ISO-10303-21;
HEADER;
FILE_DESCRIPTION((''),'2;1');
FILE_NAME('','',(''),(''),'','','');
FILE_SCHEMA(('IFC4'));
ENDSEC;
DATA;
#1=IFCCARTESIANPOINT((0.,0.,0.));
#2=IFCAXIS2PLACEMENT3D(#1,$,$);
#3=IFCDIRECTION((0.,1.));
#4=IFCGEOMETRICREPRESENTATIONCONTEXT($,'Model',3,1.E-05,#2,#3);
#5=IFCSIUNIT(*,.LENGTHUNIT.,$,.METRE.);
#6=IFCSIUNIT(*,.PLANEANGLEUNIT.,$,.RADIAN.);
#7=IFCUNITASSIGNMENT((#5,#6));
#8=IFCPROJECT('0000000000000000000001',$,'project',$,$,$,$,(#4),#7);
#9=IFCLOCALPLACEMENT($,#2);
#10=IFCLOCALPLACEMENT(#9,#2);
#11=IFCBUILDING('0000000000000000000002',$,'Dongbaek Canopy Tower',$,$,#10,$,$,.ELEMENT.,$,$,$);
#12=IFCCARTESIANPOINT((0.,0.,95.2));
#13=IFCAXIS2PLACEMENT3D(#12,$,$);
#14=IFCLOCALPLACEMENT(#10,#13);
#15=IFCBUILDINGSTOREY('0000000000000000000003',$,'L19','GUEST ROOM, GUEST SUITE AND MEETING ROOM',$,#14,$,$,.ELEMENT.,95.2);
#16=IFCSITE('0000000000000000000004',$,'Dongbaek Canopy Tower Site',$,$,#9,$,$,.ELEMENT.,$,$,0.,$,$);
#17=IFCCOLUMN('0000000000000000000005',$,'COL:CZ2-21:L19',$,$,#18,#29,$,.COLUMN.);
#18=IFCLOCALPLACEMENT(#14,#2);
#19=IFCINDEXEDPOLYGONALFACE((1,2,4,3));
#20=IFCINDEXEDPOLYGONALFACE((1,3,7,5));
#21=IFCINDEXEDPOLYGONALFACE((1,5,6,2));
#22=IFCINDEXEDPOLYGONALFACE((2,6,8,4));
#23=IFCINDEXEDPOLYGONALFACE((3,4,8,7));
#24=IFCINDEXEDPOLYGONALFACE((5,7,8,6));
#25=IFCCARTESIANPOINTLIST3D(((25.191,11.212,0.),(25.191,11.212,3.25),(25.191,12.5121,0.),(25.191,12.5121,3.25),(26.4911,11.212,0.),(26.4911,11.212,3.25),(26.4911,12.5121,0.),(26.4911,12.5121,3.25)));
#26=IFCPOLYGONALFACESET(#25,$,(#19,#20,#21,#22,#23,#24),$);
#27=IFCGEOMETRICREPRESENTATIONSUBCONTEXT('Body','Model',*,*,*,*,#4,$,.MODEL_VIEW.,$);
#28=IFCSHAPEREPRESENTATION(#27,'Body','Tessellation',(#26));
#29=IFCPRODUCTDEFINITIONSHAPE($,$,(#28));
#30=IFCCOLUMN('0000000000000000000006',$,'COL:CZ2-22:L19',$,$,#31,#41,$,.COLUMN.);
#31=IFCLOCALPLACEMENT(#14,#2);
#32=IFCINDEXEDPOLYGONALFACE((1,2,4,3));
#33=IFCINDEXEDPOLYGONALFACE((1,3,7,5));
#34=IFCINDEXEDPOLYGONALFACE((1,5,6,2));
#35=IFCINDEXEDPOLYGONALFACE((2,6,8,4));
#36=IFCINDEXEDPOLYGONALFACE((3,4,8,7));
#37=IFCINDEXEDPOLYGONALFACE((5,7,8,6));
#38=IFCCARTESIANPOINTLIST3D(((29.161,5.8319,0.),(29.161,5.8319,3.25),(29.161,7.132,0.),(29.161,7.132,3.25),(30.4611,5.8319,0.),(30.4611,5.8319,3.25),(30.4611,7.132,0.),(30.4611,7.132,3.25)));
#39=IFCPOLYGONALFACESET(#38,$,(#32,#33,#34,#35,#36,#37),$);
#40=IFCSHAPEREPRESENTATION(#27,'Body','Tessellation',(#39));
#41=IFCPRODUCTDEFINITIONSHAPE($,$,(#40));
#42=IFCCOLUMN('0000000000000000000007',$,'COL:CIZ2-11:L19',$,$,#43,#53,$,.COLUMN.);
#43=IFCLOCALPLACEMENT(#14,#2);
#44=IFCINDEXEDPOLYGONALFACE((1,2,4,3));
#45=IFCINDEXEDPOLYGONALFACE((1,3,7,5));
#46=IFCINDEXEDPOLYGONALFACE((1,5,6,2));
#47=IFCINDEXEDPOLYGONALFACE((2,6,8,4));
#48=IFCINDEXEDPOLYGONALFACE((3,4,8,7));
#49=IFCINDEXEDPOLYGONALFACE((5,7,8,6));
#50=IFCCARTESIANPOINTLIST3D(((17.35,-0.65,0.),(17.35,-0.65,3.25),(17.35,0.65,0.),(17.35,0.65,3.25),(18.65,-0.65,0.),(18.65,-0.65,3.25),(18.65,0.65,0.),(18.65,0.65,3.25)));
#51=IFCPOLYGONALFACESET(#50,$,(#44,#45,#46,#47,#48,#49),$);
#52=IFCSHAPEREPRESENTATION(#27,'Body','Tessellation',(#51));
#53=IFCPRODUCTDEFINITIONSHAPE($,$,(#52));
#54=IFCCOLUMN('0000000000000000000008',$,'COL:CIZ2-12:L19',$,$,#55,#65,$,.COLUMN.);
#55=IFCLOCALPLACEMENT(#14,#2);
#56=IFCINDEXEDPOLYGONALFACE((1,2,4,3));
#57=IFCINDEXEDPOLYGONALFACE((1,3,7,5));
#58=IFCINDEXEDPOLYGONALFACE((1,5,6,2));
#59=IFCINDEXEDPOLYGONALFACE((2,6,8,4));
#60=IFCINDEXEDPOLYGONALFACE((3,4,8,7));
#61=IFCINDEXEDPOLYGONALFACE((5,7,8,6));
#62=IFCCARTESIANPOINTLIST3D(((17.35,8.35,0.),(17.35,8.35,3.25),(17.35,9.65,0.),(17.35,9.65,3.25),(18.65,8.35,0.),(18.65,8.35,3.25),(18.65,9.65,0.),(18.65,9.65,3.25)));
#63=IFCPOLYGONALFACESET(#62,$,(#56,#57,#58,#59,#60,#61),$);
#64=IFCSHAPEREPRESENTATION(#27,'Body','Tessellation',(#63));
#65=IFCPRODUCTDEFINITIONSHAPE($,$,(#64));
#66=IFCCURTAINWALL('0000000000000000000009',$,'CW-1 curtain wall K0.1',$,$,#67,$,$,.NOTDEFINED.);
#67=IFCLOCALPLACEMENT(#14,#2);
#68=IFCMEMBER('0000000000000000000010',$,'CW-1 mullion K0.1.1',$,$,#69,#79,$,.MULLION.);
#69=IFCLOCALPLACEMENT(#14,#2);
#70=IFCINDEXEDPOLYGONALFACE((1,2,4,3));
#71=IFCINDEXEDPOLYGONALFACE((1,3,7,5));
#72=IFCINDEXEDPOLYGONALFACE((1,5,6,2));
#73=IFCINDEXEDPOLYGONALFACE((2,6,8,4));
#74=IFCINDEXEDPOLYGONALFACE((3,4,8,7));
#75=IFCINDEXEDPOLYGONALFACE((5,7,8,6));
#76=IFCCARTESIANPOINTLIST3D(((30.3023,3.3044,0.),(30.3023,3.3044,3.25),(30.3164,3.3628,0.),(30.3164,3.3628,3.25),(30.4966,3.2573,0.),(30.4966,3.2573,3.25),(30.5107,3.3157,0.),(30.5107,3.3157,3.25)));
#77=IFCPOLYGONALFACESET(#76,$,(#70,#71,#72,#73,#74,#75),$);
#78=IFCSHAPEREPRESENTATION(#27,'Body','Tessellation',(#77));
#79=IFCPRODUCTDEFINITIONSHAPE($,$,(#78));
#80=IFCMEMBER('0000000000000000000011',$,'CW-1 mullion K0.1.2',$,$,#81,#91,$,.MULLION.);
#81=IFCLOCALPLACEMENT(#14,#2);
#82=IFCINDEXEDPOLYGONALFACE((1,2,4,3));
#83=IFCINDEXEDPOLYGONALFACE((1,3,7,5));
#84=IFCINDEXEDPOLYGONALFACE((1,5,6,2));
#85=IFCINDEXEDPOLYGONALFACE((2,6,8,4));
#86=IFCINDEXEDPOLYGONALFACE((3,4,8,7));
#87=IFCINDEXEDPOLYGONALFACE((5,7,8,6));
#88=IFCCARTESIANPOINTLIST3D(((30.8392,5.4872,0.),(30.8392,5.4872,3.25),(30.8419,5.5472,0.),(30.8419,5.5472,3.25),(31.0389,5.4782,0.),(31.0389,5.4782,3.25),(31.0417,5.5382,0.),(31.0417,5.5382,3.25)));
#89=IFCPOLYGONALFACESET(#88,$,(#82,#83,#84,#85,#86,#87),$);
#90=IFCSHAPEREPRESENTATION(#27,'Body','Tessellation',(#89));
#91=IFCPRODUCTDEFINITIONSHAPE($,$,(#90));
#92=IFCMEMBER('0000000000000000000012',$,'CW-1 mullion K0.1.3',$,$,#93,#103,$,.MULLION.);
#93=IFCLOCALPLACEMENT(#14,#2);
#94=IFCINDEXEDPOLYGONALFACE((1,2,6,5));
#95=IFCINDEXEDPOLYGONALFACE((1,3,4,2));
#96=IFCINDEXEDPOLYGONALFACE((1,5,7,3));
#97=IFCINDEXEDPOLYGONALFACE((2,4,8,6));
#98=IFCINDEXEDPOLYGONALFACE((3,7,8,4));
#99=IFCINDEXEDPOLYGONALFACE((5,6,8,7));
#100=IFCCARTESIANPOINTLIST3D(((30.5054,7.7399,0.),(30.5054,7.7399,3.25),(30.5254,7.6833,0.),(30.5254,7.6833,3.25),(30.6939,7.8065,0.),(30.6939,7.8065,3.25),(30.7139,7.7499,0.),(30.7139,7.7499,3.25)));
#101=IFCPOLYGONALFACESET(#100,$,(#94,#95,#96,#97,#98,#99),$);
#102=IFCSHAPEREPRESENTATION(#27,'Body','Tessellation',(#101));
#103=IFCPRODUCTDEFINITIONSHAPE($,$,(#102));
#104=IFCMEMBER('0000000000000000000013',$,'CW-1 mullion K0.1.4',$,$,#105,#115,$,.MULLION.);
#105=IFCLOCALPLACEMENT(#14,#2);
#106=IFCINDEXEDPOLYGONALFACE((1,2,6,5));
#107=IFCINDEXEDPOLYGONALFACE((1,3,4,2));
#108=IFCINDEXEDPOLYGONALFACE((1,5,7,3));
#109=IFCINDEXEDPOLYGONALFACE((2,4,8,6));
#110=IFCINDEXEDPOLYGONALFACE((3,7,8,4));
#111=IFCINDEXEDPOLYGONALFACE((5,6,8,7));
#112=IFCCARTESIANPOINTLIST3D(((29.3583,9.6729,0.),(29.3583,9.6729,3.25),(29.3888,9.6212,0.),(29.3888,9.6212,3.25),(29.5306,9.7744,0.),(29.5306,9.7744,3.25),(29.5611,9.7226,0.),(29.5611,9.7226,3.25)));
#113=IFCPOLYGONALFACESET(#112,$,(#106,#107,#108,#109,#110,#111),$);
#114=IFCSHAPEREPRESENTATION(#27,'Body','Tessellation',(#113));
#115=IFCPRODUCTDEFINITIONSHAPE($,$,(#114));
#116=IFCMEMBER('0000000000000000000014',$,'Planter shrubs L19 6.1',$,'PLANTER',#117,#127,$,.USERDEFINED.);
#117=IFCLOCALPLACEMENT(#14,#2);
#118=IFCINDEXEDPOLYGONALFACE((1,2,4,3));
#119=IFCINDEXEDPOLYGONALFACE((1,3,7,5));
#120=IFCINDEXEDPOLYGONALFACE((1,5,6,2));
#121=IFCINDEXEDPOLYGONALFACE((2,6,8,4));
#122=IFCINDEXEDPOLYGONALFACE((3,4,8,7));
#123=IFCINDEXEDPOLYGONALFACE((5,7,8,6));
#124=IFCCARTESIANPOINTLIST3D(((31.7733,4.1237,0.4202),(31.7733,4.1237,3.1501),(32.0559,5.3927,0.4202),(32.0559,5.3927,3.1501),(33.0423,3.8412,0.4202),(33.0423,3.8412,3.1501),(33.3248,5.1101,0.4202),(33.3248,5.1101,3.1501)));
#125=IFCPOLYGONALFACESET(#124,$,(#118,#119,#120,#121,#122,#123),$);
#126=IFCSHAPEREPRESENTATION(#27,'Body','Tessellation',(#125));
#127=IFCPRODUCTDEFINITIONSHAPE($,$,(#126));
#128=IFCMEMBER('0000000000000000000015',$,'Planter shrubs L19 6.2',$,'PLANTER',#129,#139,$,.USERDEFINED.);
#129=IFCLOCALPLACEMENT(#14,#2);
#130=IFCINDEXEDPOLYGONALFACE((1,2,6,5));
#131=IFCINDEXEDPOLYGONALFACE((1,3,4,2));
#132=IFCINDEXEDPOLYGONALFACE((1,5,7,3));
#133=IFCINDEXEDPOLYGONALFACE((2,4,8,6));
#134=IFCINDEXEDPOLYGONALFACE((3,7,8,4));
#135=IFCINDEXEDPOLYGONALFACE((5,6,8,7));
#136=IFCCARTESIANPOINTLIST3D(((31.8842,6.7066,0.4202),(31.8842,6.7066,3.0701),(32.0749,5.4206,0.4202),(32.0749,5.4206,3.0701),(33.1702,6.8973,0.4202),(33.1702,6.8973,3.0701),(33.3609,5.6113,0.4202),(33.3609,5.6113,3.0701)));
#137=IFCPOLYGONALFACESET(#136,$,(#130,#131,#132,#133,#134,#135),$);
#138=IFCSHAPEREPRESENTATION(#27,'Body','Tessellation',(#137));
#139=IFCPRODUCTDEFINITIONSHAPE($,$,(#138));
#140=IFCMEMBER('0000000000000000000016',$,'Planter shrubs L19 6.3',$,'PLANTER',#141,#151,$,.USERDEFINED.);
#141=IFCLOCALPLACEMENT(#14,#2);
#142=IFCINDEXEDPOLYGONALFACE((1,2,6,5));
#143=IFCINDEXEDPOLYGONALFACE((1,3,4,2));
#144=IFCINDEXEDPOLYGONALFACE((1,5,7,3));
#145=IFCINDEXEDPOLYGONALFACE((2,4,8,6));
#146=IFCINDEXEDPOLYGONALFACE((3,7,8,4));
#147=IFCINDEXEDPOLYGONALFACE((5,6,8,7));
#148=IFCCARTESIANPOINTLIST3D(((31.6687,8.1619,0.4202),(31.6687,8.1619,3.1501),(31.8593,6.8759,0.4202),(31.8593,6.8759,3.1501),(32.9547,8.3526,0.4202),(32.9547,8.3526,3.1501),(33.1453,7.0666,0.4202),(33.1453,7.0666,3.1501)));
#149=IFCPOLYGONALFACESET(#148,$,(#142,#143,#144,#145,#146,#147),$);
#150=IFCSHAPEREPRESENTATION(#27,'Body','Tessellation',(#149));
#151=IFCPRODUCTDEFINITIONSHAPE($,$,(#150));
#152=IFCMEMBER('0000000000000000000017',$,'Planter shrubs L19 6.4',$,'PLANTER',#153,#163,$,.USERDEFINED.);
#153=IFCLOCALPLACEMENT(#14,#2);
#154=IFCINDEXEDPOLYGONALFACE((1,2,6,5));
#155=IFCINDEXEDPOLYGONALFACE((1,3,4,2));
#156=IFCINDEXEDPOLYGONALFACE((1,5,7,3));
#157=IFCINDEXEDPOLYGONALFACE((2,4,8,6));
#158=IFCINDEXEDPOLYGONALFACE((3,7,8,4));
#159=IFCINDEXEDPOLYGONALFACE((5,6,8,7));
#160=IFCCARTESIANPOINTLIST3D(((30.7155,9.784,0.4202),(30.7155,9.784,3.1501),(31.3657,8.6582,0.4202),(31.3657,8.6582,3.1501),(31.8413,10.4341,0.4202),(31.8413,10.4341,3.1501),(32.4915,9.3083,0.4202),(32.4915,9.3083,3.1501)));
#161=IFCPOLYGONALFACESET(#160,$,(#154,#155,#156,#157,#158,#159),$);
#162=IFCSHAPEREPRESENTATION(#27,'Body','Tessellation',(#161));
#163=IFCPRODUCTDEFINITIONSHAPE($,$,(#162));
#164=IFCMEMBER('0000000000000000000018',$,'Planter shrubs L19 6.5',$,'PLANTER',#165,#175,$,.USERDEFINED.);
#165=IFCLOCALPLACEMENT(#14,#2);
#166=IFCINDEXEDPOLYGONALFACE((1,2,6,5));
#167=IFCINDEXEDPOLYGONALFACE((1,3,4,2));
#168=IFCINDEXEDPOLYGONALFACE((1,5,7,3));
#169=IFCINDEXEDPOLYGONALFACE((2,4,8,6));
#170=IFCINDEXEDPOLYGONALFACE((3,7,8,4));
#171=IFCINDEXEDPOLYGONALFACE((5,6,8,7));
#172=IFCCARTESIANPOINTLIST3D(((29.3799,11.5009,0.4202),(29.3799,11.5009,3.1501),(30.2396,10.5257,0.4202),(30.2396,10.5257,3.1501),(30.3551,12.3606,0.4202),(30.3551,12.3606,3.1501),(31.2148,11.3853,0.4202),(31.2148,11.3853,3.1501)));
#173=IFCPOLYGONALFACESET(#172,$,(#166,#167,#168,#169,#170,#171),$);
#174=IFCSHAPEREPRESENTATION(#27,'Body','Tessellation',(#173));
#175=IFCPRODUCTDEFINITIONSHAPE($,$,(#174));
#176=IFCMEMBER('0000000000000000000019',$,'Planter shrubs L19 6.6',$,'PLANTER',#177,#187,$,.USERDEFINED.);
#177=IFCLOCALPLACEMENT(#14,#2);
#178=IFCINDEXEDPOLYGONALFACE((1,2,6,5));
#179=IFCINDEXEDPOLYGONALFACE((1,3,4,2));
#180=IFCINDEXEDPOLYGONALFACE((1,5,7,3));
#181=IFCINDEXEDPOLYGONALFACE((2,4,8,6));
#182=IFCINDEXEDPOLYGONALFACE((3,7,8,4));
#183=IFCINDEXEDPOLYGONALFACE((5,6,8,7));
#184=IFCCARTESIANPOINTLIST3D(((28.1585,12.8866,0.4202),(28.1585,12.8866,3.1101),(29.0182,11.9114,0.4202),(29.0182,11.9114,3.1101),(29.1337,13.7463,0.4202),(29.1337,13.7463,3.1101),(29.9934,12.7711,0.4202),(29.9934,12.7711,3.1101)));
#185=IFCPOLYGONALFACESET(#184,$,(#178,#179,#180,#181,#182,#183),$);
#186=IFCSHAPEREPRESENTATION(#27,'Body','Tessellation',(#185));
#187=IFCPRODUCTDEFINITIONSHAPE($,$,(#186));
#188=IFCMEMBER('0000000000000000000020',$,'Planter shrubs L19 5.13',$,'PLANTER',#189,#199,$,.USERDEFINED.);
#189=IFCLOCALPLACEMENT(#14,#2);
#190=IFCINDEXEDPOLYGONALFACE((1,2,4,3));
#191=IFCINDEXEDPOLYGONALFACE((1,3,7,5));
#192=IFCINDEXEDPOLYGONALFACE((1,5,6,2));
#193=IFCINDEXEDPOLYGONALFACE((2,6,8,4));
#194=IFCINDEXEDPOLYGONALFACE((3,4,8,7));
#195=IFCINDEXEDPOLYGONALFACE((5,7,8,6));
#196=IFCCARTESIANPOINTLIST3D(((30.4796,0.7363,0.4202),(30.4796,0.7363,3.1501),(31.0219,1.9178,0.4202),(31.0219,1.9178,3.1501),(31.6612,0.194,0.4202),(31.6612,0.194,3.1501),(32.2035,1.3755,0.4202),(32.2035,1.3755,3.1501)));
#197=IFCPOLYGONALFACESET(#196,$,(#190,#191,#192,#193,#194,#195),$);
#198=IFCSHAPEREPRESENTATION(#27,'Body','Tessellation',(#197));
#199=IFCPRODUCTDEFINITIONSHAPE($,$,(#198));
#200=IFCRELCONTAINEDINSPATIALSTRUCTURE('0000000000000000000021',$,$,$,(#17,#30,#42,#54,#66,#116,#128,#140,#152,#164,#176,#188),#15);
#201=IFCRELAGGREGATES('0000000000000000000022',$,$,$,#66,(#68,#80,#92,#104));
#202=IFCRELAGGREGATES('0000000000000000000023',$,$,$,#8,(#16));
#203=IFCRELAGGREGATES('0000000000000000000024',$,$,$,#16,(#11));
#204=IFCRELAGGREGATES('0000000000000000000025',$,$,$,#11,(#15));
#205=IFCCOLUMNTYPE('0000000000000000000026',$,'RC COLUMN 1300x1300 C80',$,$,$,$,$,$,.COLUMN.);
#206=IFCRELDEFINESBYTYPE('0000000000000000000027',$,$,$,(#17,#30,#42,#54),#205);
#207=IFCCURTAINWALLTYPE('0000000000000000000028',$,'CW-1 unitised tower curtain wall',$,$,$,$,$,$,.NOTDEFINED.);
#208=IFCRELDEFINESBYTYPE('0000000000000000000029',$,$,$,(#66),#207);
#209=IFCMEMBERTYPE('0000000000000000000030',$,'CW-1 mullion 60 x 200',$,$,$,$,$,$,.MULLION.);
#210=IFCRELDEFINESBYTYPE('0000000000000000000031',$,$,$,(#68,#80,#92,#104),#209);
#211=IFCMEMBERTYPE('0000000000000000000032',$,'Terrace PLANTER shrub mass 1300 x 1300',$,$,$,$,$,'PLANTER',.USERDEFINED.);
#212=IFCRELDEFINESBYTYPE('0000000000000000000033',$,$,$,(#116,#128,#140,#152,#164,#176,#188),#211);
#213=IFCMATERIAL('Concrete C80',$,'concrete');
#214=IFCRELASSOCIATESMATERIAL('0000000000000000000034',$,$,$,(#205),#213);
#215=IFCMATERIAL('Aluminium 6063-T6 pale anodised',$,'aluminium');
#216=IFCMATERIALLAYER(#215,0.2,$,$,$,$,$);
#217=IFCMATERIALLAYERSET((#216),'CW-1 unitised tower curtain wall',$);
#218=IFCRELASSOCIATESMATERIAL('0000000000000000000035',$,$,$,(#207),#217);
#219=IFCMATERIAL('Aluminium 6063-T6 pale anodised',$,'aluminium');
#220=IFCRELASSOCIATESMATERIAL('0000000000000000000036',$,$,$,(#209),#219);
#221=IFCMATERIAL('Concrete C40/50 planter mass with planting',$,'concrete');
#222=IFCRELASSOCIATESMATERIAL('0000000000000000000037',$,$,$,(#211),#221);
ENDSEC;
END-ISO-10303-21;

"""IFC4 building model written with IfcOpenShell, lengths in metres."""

from ifc_helpers import new_model, si_unit, direction, frame, origin, origin_2d, place, context, subcontext, project, spatial, rectangle, extrude, material, layer, layer_set, material_profile, profile_set, type_object, element, aggregate, save


model = new_model("IFC4")

# Units and contexts
model_context = context("Model", 3, precision=1e-05, world=origin(), true_north=direction((0.0, 1.0)))
body_context = subcontext(model_context, "Body", "Model", "MODEL_VIEW")
ifc_project = project(units=[si_unit("LENGTHUNIT", "METRE"), si_unit("PLANEANGLEUNIT", "RADIAN")], contexts=[model_context])

# Site, building, storey
site_placement = place(None, origin())
site = spatial("IfcSite", under=ifc_project, at=site_placement, Name="Dongbaek Canopy Tower Site", CompositionType="ELEMENT", RefElevation=0.0)
building_placement = place(site_placement, origin())
building = spatial("IfcBuilding", under=site, at=building_placement, Name="Dongbaek Canopy Tower", CompositionType="ELEMENT")
storey_placement = place(building_placement, frame((0.0, 0.0, 95.2)))
storey = spatial("IfcBuildingStorey", under=building, at=storey_placement, Name="L19", Description="GUEST ROOM, GUEST SUITE AND MEETING ROOM", CompositionType="ELEMENT", Elevation=95.2)

# Columns
ifc_material_1 = material(Name="Concrete C80", Category="concrete")
ifc_material_profile_1 = material_profile(ifc_material_1, rectangle(XDim=1.3, YDim=1.3, at=origin_2d()), Name="RC COLUMN 1300x1300 C80")
ifc_profile_set_1 = profile_set([ifc_material_profile_1], Name="Concrete C80")
column_type = type_object("IfcColumnType", Name="RC COLUMN 1300x1300 C80", PredefinedType="COLUMN", material=ifc_profile_set_1)
for number, where, z_axis, x_axis, name in (
    (1, (25.8411, 11.8621, 0.0), (0.0, 0.0, 1.0), (1.0, 0.0, 0.0), "COL:CZ2-21:L19"),
    (2, (29.811, 6.4819, 0.0), (0.0, 0.0, 1.0), (1.0, 0.0, 0.0), "COL:CZ2-22:L19"),
    (3, (18.0, 0.0, 0.0), (0.0, 0.0, 1.0), (1.0, 0.0, 0.0), "COL:CIZ2-11:L19"),
    (4, (18.0, 9.0, 0.0), (0.0, 0.0, 1.0), (1.0, 0.0, 0.0), "COL:CIZ2-12:L19"),
):
    element("IfcColumn", number, at=place(storey_placement, frame(where, z_axis=z_axis, x_axis=x_axis)), inside=storey, type_object=column_type, Name=name, PredefinedType="COLUMN", context=body_context, shape_type="SweptSolid", body=[
        extrude(rectangle(XDim=1.3, YDim=1.3, at=origin_2d()), origin(), (0.0, 0.0, 1.0), 3.25),
    ])

# Curtain wall, members
ifc_material_2 = material(Name="Aluminium 6063-T6 pale anodised", Category="aluminium")
ifc_layer_1 = layer(ifc_material_2, 0.2)
ifc_layer_set_1 = layer_set([ifc_layer_1], Name="CW-1 unitised tower curtain wall")
curtain_wall_type = type_object("IfcCurtainWallType", Name="CW-1 unitised tower curtain wall", PredefinedType="NOTDEFINED", material=ifc_layer_set_1)
curtain_wall_placement = place(storey_placement, origin())
curtain_wall = element("IfcCurtainWall", 5, at=curtain_wall_placement, inside=storey, type_object=curtain_wall_type, Name="CW-1 curtain wall K0.1", PredefinedType="NOTDEFINED")
ifc_material_3 = material(Name="Aluminium 6063-T6 pale anodised", Category="aluminium")
ifc_material_profile_2 = material_profile(ifc_material_3, rectangle(XDim=0.2, YDim=0.0601, at=origin_2d()), Name="CW-1 mullion 60 x 200")
ifc_profile_set_2 = profile_set([ifc_material_profile_2], Name="Aluminium 6063-T6 pale anodised")
member_type_1 = type_object("IfcMemberType", Name="CW-1 mullion 60 x 200", PredefinedType="MULLION", material=ifc_profile_set_2)
member_1_placement = place(storey_placement, frame((30.4065, 3.3101, 0.0), z_axis=(0.0, 0.0, 1.0), x_axis=(0.971859, -0.235562, 0.0)))
member_1 = element("IfcMember", 6, at=member_1_placement, type_object=member_type_1, Name="CW-1 mullion K0.1.1", PredefinedType="MULLION", context=body_context, shape_type="SweptSolid", body=[
    extrude(rectangle(XDim=0.2, YDim=0.0601, at=origin_2d()), origin(), (0.0, 0.0, 1.0), 3.25),
])
member_2_placement = place(storey_placement, frame((30.9404, 5.5127, 0.0), z_axis=(0.0, 0.0, 1.0), x_axis=(0.998974, -0.045297, 0.0)))
member_2 = element("IfcMember", 7, at=member_2_placement, type_object=member_type_1, Name="CW-1 mullion K0.1.2", PredefinedType="MULLION", context=body_context, shape_type="SweptSolid", body=[
    extrude(rectangle(XDim=0.2, YDim=0.0601, at=origin_2d()), origin(), (0.0, 0.0, 1.0), 3.25),
])
member_3_placement = place(storey_placement, frame((30.6096, 7.7449, 0.0), z_axis=(0.0, 0.0, 1.0), x_axis=(0.942869, 0.333162, 0.0)))
member_3 = element("IfcMember", 8, at=member_3_placement, type_object=member_type_1, Name="CW-1 mullion K0.1.3", PredefinedType="MULLION", context=body_context, shape_type="SweptSolid", body=[
    extrude(rectangle(XDim=0.2, YDim=0.0601, at=origin_2d()), origin(), (0.0, 0.0, 1.0), 3.25),
])
member_4_placement = place(storey_placement, frame((29.4597, 9.6978, 0.0), z_axis=(0.0, 0.0, 1.0), x_axis=(0.861723, 0.507378, 0.0)))
member_4 = element("IfcMember", 9, at=member_4_placement, type_object=member_type_1, Name="CW-1 mullion K0.1.4", PredefinedType="MULLION", context=body_context, shape_type="SweptSolid", body=[
    extrude(rectangle(XDim=0.2, YDim=0.0601, at=origin_2d()), origin(), (0.0, 0.0, 1.0), 3.25),
])

# Members
ifc_material_4 = material(Name="Concrete C40/50 planter mass with planting", Category="concrete")
ifc_material_profile_3 = material_profile(ifc_material_4, rectangle(XDim=1.3, YDim=1.3, at=origin_2d()), Name="Terrace PLANTER shrub mass 1300 x 1300")
ifc_profile_set_3 = profile_set([ifc_material_profile_3], Name="Concrete C40/50 planter mass with planting")
member_type_2 = type_object("IfcMemberType", Name="Terrace PLANTER shrub mass 1300 x 1300", ElementType="PLANTER", PredefinedType="USERDEFINED", material=ifc_profile_set_3)
member_5_placement = place(storey_placement, frame((32.5491, 4.6169, 0.4202), z_axis=(0.0, 0.0, 1.0), x_axis=(0.976094, -0.217348, 0.0)))
element("IfcMember", 10, at=member_5_placement, inside=storey, type_object=member_type_2, Name="Planter shrubs L19 6.1", ObjectType="PLANTER", PredefinedType="USERDEFINED", context=body_context, shape_type="SweptSolid", body=[
    extrude(rectangle(XDim=1.3, YDim=1.3, at=origin_2d()), origin(), (0.0, 0.0, 1.0), 2.73),
])
member_6_placement = place(storey_placement, frame((32.6226, 6.1589, 0.4202), z_axis=(0.0, 0.0, 1.0), x_axis=(0.98919, 0.146641, 0.0)))
element("IfcMember", 11, at=member_6_placement, inside=storey, type_object=member_type_2, Name="Planter shrubs L19 6.2", ObjectType="PLANTER", PredefinedType="USERDEFINED", context=body_context, shape_type="SweptSolid", body=[
    extrude(rectangle(XDim=1.3, YDim=1.3, at=origin_2d()), origin(), (0.0, 0.0, 1.0), 2.6499),
])
for number, where, z_axis, x_axis, name in (
    (12, (32.407, 7.6143, 0.4202), (0.0, 0.0, 1.0), (0.98919, 0.146641, 0.0), "Planter shrubs L19 6.3"),
    (13, (31.6035, 9.5461, 0.4202), (0.0, 0.0, 1.0), (0.86596, 0.500114, 0.0), "Planter shrubs L19 6.4"),
    (14, (30.2974, 11.4431, 0.4202), (0.0, 0.0, 1.0), (0.75015, 0.661267, 0.0), "Planter shrubs L19 6.5"),
):
    element("IfcMember", number, at=place(storey_placement, frame(where, z_axis=z_axis, x_axis=x_axis)), inside=storey, type_object=member_type_2, Name=name, ObjectType="PLANTER", PredefinedType="USERDEFINED", context=body_context, shape_type="SweptSolid", body=[
        extrude(rectangle(XDim=1.3, YDim=1.3, at=origin_2d()), origin(), (0.0, 0.0, 1.0), 2.73),
    ])
member_7_placement = place(storey_placement, frame((29.0759, 12.8289, 0.4202), z_axis=(0.0, 0.0, 1.0), x_axis=(0.75015, 0.661267, 0.0)))
element("IfcMember", 15, at=member_7_placement, inside=storey, type_object=member_type_2, Name="Planter shrubs L19 6.6", ObjectType="PLANTER", PredefinedType="USERDEFINED", context=body_context, shape_type="SweptSolid", body=[
    extrude(rectangle(XDim=1.3, YDim=1.3, at=origin_2d()), origin(), (0.0, 0.0, 1.0), 2.6899),
])
member_8_placement = place(storey_placement, frame((31.3416, 1.0559, 0.4202), z_axis=(0.0, 0.0, 1.0), x_axis=(0.908849, -0.417126, 0.0)))
element("IfcMember", 16, at=member_8_placement, inside=storey, type_object=member_type_2, Name="Planter shrubs L19 5.13", ObjectType="PLANTER", PredefinedType="USERDEFINED", context=body_context, shape_type="SweptSolid", body=[
    extrude(rectangle(XDim=1.3, YDim=1.3, at=origin_2d()), origin(), (0.0, 0.0, 1.0), 2.73),
])

aggregate(curtain_wall, [member_1, member_2, member_3, member_4])

save(model, "model.ifc")
